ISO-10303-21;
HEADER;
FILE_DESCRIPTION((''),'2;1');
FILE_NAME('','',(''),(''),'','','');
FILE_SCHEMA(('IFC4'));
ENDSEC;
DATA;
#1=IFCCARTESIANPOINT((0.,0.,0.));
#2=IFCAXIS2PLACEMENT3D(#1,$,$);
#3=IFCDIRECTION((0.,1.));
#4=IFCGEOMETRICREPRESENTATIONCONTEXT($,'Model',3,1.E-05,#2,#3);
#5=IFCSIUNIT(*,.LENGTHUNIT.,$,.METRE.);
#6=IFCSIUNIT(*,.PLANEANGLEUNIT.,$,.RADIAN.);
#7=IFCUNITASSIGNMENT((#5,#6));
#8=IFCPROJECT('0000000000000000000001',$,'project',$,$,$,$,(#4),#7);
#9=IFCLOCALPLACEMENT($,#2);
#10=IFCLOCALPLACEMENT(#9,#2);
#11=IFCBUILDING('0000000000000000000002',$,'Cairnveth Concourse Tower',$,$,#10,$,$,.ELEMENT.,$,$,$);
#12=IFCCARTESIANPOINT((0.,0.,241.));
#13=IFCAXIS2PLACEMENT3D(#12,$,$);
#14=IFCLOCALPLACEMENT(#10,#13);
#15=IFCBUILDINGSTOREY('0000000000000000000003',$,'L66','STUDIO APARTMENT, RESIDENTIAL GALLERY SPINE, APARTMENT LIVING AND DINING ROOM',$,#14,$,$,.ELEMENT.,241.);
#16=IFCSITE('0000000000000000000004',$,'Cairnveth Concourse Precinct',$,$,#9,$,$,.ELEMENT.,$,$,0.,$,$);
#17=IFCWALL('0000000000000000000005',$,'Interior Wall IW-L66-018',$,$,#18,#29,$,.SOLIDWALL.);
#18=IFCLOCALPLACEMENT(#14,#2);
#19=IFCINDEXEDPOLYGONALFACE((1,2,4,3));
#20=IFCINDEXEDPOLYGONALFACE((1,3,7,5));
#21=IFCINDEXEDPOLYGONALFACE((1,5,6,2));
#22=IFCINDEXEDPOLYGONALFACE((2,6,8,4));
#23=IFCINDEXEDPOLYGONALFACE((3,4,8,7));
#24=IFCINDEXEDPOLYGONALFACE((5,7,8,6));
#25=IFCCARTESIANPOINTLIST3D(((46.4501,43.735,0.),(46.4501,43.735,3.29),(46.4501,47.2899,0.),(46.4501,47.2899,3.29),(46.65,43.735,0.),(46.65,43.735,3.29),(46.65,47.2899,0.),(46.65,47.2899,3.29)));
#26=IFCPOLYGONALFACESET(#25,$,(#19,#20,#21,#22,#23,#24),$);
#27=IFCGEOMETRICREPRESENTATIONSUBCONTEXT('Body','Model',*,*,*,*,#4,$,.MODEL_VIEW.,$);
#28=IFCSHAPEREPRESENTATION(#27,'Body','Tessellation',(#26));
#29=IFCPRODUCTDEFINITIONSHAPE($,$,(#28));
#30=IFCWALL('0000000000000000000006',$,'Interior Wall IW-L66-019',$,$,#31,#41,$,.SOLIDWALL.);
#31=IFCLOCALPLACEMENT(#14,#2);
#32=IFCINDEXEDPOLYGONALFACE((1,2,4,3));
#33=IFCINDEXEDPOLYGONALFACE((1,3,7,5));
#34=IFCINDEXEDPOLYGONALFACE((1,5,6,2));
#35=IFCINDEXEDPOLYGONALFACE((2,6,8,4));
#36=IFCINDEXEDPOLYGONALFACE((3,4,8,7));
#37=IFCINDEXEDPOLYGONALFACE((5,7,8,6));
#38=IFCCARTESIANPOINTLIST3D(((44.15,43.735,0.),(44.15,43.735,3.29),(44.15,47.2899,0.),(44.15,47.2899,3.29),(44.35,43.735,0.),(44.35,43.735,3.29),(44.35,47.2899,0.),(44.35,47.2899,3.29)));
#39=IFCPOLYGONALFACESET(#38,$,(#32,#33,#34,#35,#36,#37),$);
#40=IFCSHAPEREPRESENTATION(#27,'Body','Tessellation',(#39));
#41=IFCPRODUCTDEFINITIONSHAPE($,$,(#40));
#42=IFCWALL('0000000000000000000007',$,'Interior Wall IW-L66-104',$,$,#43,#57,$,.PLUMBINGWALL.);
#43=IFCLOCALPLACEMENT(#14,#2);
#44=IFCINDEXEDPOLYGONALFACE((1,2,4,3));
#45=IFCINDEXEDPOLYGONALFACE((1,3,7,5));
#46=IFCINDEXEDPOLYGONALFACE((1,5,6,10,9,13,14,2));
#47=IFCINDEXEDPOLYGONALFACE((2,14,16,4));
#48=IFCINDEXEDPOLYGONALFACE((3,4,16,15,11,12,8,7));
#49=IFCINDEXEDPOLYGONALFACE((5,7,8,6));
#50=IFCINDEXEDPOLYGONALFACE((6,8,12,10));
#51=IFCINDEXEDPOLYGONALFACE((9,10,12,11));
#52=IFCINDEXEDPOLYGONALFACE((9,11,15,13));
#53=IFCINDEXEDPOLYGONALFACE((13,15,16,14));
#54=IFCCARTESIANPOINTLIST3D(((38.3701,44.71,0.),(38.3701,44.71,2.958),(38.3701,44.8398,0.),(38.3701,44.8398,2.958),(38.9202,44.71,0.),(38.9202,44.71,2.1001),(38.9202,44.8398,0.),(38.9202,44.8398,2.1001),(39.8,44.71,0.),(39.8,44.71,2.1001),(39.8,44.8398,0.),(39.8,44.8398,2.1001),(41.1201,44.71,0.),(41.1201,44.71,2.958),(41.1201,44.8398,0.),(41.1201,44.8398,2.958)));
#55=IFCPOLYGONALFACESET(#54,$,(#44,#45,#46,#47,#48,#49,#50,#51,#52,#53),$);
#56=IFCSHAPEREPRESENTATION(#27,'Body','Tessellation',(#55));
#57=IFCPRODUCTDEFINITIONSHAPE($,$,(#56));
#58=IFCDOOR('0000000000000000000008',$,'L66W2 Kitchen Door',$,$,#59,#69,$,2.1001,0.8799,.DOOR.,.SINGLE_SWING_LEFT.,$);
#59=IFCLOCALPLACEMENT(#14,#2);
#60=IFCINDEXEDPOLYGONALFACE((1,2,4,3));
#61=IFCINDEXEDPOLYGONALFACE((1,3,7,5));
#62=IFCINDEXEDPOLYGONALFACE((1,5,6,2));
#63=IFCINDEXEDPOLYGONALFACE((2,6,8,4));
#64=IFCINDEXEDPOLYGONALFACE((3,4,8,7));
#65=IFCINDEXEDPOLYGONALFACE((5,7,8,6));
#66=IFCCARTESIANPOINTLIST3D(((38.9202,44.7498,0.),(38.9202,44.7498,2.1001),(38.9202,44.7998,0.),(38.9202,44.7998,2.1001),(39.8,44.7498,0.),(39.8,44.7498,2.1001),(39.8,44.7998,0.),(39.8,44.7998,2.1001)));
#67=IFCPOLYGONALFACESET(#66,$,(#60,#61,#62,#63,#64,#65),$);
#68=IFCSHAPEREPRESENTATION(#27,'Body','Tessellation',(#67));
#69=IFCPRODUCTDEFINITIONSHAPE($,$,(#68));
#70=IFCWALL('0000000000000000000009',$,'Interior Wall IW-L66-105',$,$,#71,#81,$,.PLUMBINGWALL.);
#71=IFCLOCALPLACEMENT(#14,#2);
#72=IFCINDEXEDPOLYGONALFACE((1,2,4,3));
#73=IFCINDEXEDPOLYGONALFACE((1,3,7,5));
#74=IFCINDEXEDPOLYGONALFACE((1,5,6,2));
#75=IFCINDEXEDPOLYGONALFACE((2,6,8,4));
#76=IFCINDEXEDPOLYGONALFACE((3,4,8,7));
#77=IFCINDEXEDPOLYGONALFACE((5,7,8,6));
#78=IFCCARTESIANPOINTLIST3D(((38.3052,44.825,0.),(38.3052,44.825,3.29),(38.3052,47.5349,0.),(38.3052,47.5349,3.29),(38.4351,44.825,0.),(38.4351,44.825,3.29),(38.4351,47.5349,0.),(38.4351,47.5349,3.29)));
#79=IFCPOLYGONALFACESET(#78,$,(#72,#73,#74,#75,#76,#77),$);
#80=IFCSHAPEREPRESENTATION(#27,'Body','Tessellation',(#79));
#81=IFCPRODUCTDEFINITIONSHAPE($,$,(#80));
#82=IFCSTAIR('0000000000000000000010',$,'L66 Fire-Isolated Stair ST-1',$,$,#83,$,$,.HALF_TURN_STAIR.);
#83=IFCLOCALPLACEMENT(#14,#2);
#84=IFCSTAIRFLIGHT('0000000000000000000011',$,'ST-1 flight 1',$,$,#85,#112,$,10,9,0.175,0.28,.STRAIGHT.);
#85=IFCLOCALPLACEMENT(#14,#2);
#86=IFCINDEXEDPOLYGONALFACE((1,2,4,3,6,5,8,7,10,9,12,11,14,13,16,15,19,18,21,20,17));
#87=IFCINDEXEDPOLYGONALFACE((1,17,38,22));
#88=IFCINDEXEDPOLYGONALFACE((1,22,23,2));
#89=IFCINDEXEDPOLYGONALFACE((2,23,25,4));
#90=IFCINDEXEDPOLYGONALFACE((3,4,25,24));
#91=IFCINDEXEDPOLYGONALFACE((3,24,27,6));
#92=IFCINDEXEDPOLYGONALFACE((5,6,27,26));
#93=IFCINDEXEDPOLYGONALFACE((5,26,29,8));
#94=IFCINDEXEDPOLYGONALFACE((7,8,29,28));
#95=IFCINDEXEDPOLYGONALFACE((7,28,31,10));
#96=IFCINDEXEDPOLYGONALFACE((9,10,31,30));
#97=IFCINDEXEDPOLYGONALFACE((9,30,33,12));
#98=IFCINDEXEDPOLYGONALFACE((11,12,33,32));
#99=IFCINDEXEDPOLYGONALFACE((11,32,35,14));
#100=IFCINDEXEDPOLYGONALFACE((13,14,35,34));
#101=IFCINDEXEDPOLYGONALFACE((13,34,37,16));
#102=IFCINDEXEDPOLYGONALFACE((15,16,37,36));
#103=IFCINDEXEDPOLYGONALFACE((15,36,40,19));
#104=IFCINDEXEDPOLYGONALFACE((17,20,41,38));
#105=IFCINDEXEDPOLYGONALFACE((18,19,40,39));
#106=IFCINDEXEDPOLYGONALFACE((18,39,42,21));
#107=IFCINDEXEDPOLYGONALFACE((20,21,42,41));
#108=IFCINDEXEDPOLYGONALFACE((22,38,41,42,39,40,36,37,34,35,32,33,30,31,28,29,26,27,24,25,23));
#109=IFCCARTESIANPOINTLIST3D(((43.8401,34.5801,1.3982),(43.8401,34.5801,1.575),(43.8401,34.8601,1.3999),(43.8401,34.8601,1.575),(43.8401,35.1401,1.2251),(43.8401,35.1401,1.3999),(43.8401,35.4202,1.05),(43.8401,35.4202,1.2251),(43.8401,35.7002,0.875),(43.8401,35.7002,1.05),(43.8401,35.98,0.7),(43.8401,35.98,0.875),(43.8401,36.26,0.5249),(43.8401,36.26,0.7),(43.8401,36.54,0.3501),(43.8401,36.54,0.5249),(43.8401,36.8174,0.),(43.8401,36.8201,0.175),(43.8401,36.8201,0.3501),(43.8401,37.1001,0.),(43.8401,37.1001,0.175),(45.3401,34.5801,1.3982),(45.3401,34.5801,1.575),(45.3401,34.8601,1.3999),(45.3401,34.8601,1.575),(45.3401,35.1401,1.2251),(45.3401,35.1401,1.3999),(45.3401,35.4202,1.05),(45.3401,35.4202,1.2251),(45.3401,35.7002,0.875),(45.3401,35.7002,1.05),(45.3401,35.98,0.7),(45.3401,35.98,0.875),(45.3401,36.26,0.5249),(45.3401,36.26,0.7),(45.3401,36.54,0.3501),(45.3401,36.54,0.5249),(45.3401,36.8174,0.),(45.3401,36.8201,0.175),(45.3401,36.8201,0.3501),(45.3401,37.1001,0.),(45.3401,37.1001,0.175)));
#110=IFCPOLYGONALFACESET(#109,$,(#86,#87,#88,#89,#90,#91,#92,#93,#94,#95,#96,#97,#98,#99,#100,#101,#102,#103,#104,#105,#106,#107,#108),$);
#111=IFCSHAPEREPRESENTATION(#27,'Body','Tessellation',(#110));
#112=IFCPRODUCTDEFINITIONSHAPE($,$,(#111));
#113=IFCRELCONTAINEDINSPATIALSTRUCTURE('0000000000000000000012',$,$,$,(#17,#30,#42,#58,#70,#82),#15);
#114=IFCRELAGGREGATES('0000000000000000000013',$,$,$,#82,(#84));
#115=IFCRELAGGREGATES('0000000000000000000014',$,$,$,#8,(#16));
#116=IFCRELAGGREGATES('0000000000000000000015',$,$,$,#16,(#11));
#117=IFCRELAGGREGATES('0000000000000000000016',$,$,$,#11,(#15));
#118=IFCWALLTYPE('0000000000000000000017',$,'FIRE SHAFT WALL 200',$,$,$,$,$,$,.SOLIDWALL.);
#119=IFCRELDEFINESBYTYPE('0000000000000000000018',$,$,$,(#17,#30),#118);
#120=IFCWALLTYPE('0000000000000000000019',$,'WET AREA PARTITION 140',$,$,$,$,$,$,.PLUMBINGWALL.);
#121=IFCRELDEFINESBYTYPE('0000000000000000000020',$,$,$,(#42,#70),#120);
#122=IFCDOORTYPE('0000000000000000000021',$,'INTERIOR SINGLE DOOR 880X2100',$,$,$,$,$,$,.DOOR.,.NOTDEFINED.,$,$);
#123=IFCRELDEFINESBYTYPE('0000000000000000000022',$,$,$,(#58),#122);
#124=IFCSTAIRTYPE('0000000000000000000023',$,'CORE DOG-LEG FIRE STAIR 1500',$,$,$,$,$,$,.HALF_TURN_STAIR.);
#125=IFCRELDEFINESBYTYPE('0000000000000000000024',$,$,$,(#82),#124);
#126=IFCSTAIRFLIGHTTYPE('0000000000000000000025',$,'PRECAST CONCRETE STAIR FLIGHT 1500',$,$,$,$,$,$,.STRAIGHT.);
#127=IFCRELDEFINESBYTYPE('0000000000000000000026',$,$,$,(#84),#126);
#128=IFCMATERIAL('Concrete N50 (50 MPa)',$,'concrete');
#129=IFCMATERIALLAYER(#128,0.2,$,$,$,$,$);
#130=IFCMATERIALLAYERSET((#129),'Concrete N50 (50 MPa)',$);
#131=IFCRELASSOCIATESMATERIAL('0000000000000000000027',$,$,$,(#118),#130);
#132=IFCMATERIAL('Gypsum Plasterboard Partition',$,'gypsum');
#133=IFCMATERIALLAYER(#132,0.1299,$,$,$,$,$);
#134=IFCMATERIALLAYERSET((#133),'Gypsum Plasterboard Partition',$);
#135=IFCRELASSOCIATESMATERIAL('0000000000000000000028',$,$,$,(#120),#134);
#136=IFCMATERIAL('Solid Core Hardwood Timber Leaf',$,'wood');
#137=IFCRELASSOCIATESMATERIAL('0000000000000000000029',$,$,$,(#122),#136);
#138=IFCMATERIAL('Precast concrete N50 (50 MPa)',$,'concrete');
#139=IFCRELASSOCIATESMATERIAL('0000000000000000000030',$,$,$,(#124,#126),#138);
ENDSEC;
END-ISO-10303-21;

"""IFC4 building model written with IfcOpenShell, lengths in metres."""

from ifc_helpers import new_model, si_unit, direction, frame, frame_2d, origin, place, context, subcontext, project, spatial, polyline, rectangle, outline, extrude, material, layer, layer_set, type_object, element, fill, aggregate, save


model = new_model("IFC4")

# Units and contexts
model_context = context("Model", 3, precision=1e-05, world=origin(), true_north=direction((0.0, 1.0)))
body_context = subcontext(model_context, "Body", "Model", "MODEL_VIEW")
ifc_project = project(units=[si_unit("LENGTHUNIT", "METRE"), si_unit("PLANEANGLEUNIT", "RADIAN")], contexts=[model_context])

# Site, building, storey
site_placement = place(None, origin())
site = spatial("IfcSite", under=ifc_project, at=site_placement, Name="Cairnveth Concourse Precinct", CompositionType="ELEMENT", RefElevation=0.0)
building_placement = place(site_placement, origin())
building = spatial("IfcBuilding", under=site, at=building_placement, Name="Cairnveth Concourse Tower", CompositionType="ELEMENT")
storey_placement = place(building_placement, frame((0.0, 0.0, 241.0)))
storey = spatial("IfcBuildingStorey", under=building, at=storey_placement, Name="L66", Description="STUDIO APARTMENT, RESIDENTIAL GALLERY SPINE, APARTMENT LIVING AND DINING ROOM", CompositionType="ELEMENT", Elevation=241.0)

# Shared definitions
ifc_material_1 = material(Name="Concrete N50 (50 MPa)", Category="concrete")

# Shared definitions
ifc_layer_1 = layer(ifc_material_1, 0.2)
ifc_layer_set_1 = layer_set([ifc_layer_1], Name="Concrete N50 (50 MPa)")
wall_type_1 = type_object("IfcWallType", Name="FIRE SHAFT WALL 200", PredefinedType="SOLIDWALL", material=ifc_layer_set_1)

# Walls
for number, where, z_axis, x_axis, name in (
    (1, (46.55, 43.7351, 0.0), (0.0, 0.0, 1.0), (0.0, 1.0, 0.0), "Interior Wall IW-L66-018"),
    (2, (44.25, 43.7351, 0.0), (0.0, 0.0, 1.0), (0.0, 1.0, 0.0), "Interior Wall IW-L66-019"),
):
    element("IfcWall", number, at=place(storey_placement, frame(where, z_axis=z_axis, x_axis=x_axis)), inside=storey, type_object=wall_type_1, Name=name, PredefinedType="SOLIDWALL", context=body_context, shape_type="SweptSolid", body=[
        extrude(rectangle(XDim=3.5549, YDim=0.2, at=frame_2d((1.7773, 0.0))), origin(), (0.0, 0.0, 1.0), 3.29),
    ])

# Wall, opening, door
ifc_material_2 = material(Name="Gypsum Plasterboard Partition", Category="gypsum")
ifc_layer_2 = layer(ifc_material_2, 0.1299)
ifc_layer_set_2 = layer_set([ifc_layer_2], Name="Gypsum Plasterboard Partition")
wall_type_2 = type_object("IfcWallType", Name="WET AREA PARTITION 140", PredefinedType="PLUMBINGWALL", material=ifc_layer_set_2)
wall_1_placement = place(storey_placement, frame((38.3701, 44.7749, 0.0), z_axis=(0.0, 0.0, 1.0), x_axis=(1.0, 0.0, 0.0)))
wall_1 = element("IfcWall", 3, at=wall_1_placement, inside=storey, type_object=wall_type_2, Name="Interior Wall IW-L66-104", PredefinedType="PLUMBINGWALL", context=body_context, shape_type="SweptSolid", body=[
    extrude(rectangle(XDim=2.75, YDim=0.1299, at=frame_2d((1.375, 0.0))), origin(), (0.0, 0.0, 1.0), 2.958),
])
opening_1_placement = place(wall_1_placement, frame((0.55, 0.0, 0.0)))
opening_1 = element("IfcOpeningElement", 4, at=opening_1_placement, cuts=wall_1, PredefinedType="OPENING", context=body_context, shape_type="SweptSolid", body=[
    extrude(rectangle(XDim=0.8799, YDim=2.1001, at=frame_2d((0.4399, 1.05))), frame((0.0, 0.075, 0.0), z_axis=(0.0, -1.0, 0.0), x_axis=(1.0, 0.0, 0.0)), (0.0, 0.0, 1.0), 0.1499),
])
ifc_material_3 = material(Name="Solid Core Hardwood Timber Leaf", Category="wood")
door_type_1 = type_object("IfcDoorType", Name="INTERIOR SINGLE DOOR 880X2100", OperationType="NOTDEFINED", PredefinedType="DOOR", material=ifc_material_3)
door_1_placement = place(opening_1_placement, origin())
door_1 = element("IfcDoor", 5, at=door_1_placement, inside=storey, type_object=door_type_1, Name="L66W2 Kitchen Door", OperationType="SINGLE_SWING_LEFT", OverallHeight=2.1001, OverallWidth=0.8799, PredefinedType="DOOR", context=body_context, shape_type="SweptSolid", body=[
    extrude(rectangle(XDim=0.8799, YDim=2.1001, at=frame_2d((0.4399, 1.05))), frame((0.0, 0.0249, 0.0), z_axis=(0.0, -1.0, 0.0), x_axis=(1.0, 0.0, 0.0)), (0.0, 0.0, 1.0), 0.05),
])
fill(opening_1, door_1)

# Wall
wall_2_placement = place(storey_placement, frame((38.3701, 44.825, 0.0), z_axis=(0.0, 0.0, 1.0), x_axis=(0.0, 1.0, 0.0)))
element("IfcWall", 6, at=wall_2_placement, inside=storey, type_object=wall_type_2, Name="Interior Wall IW-L66-105", PredefinedType="PLUMBINGWALL", context=body_context, shape_type="SweptSolid", body=[
    extrude(rectangle(XDim=2.71, YDim=0.1299, at=frame_2d((1.355, 0.0))), origin(), (0.0, 0.0, 1.0), 3.29),
])

# Stair, stair flight
ifc_material_4 = material(Name="Precast concrete N50 (50 MPa)", Category="concrete")
stair_type = type_object("IfcStairType", Name="CORE DOG-LEG FIRE STAIR 1500", PredefinedType="HALF_TURN_STAIR", material=ifc_material_4)
stair_placement = place(storey_placement, origin())
stair = element("IfcStair", 7, at=stair_placement, inside=storey, type_object=stair_type, Name="L66 Fire-Isolated Stair ST-1", PredefinedType="HALF_TURN_STAIR")
stair_flight_type = type_object("IfcStairFlightType", Name="PRECAST CONCRETE STAIR FLIGHT 1500", PredefinedType="STRAIGHT", material=ifc_material_4)
stair_flight_placement = place(storey_placement, frame((44.5901, 37.1001, 0.0), z_axis=(0.0, 0.0, 1.0), x_axis=(0.0, -1.0, 0.0)))
stair_flight = element("IfcStairFlight", 8, at=stair_flight_placement, type_object=stair_flight_type, Name="ST-1 flight 1", NumberOfRisers=10, NumberOfTreads=9, PredefinedType="STRAIGHT", RiserHeight=0.175, TreadLength=0.28, context=body_context, shape_type="SweptSolid", body=[
    extrude(outline(polyline([(0.0, 0.0), (0.0, 0.175), (0.28, 0.175), (0.28, 0.3501), (0.5601, 0.3501), (0.5601, 0.5249), (0.8401, 0.5249), (0.8401, 0.7), (1.1201, 0.7), (1.1201, 0.875), (1.3999, 0.875), (1.3999, 1.05), (1.6799, 1.05), (1.6799, 1.2251), (1.96, 1.2251), (1.96, 1.3999), (2.24, 1.3999), (2.24, 1.575), (2.52, 1.575), (2.52, 1.75), (2.52, 1.3982), (0.2827, 0.0), (0.0, 0.0)])), frame((0.0, 0.75, 0.0), z_axis=(0.0, -1.0, 0.0), x_axis=(1.0, 0.0, 0.0)), (0.0, 0.0, 1.0), 1.5),
])
aggregate(stair, [stair_flight])

save(model, "model.ifc")
